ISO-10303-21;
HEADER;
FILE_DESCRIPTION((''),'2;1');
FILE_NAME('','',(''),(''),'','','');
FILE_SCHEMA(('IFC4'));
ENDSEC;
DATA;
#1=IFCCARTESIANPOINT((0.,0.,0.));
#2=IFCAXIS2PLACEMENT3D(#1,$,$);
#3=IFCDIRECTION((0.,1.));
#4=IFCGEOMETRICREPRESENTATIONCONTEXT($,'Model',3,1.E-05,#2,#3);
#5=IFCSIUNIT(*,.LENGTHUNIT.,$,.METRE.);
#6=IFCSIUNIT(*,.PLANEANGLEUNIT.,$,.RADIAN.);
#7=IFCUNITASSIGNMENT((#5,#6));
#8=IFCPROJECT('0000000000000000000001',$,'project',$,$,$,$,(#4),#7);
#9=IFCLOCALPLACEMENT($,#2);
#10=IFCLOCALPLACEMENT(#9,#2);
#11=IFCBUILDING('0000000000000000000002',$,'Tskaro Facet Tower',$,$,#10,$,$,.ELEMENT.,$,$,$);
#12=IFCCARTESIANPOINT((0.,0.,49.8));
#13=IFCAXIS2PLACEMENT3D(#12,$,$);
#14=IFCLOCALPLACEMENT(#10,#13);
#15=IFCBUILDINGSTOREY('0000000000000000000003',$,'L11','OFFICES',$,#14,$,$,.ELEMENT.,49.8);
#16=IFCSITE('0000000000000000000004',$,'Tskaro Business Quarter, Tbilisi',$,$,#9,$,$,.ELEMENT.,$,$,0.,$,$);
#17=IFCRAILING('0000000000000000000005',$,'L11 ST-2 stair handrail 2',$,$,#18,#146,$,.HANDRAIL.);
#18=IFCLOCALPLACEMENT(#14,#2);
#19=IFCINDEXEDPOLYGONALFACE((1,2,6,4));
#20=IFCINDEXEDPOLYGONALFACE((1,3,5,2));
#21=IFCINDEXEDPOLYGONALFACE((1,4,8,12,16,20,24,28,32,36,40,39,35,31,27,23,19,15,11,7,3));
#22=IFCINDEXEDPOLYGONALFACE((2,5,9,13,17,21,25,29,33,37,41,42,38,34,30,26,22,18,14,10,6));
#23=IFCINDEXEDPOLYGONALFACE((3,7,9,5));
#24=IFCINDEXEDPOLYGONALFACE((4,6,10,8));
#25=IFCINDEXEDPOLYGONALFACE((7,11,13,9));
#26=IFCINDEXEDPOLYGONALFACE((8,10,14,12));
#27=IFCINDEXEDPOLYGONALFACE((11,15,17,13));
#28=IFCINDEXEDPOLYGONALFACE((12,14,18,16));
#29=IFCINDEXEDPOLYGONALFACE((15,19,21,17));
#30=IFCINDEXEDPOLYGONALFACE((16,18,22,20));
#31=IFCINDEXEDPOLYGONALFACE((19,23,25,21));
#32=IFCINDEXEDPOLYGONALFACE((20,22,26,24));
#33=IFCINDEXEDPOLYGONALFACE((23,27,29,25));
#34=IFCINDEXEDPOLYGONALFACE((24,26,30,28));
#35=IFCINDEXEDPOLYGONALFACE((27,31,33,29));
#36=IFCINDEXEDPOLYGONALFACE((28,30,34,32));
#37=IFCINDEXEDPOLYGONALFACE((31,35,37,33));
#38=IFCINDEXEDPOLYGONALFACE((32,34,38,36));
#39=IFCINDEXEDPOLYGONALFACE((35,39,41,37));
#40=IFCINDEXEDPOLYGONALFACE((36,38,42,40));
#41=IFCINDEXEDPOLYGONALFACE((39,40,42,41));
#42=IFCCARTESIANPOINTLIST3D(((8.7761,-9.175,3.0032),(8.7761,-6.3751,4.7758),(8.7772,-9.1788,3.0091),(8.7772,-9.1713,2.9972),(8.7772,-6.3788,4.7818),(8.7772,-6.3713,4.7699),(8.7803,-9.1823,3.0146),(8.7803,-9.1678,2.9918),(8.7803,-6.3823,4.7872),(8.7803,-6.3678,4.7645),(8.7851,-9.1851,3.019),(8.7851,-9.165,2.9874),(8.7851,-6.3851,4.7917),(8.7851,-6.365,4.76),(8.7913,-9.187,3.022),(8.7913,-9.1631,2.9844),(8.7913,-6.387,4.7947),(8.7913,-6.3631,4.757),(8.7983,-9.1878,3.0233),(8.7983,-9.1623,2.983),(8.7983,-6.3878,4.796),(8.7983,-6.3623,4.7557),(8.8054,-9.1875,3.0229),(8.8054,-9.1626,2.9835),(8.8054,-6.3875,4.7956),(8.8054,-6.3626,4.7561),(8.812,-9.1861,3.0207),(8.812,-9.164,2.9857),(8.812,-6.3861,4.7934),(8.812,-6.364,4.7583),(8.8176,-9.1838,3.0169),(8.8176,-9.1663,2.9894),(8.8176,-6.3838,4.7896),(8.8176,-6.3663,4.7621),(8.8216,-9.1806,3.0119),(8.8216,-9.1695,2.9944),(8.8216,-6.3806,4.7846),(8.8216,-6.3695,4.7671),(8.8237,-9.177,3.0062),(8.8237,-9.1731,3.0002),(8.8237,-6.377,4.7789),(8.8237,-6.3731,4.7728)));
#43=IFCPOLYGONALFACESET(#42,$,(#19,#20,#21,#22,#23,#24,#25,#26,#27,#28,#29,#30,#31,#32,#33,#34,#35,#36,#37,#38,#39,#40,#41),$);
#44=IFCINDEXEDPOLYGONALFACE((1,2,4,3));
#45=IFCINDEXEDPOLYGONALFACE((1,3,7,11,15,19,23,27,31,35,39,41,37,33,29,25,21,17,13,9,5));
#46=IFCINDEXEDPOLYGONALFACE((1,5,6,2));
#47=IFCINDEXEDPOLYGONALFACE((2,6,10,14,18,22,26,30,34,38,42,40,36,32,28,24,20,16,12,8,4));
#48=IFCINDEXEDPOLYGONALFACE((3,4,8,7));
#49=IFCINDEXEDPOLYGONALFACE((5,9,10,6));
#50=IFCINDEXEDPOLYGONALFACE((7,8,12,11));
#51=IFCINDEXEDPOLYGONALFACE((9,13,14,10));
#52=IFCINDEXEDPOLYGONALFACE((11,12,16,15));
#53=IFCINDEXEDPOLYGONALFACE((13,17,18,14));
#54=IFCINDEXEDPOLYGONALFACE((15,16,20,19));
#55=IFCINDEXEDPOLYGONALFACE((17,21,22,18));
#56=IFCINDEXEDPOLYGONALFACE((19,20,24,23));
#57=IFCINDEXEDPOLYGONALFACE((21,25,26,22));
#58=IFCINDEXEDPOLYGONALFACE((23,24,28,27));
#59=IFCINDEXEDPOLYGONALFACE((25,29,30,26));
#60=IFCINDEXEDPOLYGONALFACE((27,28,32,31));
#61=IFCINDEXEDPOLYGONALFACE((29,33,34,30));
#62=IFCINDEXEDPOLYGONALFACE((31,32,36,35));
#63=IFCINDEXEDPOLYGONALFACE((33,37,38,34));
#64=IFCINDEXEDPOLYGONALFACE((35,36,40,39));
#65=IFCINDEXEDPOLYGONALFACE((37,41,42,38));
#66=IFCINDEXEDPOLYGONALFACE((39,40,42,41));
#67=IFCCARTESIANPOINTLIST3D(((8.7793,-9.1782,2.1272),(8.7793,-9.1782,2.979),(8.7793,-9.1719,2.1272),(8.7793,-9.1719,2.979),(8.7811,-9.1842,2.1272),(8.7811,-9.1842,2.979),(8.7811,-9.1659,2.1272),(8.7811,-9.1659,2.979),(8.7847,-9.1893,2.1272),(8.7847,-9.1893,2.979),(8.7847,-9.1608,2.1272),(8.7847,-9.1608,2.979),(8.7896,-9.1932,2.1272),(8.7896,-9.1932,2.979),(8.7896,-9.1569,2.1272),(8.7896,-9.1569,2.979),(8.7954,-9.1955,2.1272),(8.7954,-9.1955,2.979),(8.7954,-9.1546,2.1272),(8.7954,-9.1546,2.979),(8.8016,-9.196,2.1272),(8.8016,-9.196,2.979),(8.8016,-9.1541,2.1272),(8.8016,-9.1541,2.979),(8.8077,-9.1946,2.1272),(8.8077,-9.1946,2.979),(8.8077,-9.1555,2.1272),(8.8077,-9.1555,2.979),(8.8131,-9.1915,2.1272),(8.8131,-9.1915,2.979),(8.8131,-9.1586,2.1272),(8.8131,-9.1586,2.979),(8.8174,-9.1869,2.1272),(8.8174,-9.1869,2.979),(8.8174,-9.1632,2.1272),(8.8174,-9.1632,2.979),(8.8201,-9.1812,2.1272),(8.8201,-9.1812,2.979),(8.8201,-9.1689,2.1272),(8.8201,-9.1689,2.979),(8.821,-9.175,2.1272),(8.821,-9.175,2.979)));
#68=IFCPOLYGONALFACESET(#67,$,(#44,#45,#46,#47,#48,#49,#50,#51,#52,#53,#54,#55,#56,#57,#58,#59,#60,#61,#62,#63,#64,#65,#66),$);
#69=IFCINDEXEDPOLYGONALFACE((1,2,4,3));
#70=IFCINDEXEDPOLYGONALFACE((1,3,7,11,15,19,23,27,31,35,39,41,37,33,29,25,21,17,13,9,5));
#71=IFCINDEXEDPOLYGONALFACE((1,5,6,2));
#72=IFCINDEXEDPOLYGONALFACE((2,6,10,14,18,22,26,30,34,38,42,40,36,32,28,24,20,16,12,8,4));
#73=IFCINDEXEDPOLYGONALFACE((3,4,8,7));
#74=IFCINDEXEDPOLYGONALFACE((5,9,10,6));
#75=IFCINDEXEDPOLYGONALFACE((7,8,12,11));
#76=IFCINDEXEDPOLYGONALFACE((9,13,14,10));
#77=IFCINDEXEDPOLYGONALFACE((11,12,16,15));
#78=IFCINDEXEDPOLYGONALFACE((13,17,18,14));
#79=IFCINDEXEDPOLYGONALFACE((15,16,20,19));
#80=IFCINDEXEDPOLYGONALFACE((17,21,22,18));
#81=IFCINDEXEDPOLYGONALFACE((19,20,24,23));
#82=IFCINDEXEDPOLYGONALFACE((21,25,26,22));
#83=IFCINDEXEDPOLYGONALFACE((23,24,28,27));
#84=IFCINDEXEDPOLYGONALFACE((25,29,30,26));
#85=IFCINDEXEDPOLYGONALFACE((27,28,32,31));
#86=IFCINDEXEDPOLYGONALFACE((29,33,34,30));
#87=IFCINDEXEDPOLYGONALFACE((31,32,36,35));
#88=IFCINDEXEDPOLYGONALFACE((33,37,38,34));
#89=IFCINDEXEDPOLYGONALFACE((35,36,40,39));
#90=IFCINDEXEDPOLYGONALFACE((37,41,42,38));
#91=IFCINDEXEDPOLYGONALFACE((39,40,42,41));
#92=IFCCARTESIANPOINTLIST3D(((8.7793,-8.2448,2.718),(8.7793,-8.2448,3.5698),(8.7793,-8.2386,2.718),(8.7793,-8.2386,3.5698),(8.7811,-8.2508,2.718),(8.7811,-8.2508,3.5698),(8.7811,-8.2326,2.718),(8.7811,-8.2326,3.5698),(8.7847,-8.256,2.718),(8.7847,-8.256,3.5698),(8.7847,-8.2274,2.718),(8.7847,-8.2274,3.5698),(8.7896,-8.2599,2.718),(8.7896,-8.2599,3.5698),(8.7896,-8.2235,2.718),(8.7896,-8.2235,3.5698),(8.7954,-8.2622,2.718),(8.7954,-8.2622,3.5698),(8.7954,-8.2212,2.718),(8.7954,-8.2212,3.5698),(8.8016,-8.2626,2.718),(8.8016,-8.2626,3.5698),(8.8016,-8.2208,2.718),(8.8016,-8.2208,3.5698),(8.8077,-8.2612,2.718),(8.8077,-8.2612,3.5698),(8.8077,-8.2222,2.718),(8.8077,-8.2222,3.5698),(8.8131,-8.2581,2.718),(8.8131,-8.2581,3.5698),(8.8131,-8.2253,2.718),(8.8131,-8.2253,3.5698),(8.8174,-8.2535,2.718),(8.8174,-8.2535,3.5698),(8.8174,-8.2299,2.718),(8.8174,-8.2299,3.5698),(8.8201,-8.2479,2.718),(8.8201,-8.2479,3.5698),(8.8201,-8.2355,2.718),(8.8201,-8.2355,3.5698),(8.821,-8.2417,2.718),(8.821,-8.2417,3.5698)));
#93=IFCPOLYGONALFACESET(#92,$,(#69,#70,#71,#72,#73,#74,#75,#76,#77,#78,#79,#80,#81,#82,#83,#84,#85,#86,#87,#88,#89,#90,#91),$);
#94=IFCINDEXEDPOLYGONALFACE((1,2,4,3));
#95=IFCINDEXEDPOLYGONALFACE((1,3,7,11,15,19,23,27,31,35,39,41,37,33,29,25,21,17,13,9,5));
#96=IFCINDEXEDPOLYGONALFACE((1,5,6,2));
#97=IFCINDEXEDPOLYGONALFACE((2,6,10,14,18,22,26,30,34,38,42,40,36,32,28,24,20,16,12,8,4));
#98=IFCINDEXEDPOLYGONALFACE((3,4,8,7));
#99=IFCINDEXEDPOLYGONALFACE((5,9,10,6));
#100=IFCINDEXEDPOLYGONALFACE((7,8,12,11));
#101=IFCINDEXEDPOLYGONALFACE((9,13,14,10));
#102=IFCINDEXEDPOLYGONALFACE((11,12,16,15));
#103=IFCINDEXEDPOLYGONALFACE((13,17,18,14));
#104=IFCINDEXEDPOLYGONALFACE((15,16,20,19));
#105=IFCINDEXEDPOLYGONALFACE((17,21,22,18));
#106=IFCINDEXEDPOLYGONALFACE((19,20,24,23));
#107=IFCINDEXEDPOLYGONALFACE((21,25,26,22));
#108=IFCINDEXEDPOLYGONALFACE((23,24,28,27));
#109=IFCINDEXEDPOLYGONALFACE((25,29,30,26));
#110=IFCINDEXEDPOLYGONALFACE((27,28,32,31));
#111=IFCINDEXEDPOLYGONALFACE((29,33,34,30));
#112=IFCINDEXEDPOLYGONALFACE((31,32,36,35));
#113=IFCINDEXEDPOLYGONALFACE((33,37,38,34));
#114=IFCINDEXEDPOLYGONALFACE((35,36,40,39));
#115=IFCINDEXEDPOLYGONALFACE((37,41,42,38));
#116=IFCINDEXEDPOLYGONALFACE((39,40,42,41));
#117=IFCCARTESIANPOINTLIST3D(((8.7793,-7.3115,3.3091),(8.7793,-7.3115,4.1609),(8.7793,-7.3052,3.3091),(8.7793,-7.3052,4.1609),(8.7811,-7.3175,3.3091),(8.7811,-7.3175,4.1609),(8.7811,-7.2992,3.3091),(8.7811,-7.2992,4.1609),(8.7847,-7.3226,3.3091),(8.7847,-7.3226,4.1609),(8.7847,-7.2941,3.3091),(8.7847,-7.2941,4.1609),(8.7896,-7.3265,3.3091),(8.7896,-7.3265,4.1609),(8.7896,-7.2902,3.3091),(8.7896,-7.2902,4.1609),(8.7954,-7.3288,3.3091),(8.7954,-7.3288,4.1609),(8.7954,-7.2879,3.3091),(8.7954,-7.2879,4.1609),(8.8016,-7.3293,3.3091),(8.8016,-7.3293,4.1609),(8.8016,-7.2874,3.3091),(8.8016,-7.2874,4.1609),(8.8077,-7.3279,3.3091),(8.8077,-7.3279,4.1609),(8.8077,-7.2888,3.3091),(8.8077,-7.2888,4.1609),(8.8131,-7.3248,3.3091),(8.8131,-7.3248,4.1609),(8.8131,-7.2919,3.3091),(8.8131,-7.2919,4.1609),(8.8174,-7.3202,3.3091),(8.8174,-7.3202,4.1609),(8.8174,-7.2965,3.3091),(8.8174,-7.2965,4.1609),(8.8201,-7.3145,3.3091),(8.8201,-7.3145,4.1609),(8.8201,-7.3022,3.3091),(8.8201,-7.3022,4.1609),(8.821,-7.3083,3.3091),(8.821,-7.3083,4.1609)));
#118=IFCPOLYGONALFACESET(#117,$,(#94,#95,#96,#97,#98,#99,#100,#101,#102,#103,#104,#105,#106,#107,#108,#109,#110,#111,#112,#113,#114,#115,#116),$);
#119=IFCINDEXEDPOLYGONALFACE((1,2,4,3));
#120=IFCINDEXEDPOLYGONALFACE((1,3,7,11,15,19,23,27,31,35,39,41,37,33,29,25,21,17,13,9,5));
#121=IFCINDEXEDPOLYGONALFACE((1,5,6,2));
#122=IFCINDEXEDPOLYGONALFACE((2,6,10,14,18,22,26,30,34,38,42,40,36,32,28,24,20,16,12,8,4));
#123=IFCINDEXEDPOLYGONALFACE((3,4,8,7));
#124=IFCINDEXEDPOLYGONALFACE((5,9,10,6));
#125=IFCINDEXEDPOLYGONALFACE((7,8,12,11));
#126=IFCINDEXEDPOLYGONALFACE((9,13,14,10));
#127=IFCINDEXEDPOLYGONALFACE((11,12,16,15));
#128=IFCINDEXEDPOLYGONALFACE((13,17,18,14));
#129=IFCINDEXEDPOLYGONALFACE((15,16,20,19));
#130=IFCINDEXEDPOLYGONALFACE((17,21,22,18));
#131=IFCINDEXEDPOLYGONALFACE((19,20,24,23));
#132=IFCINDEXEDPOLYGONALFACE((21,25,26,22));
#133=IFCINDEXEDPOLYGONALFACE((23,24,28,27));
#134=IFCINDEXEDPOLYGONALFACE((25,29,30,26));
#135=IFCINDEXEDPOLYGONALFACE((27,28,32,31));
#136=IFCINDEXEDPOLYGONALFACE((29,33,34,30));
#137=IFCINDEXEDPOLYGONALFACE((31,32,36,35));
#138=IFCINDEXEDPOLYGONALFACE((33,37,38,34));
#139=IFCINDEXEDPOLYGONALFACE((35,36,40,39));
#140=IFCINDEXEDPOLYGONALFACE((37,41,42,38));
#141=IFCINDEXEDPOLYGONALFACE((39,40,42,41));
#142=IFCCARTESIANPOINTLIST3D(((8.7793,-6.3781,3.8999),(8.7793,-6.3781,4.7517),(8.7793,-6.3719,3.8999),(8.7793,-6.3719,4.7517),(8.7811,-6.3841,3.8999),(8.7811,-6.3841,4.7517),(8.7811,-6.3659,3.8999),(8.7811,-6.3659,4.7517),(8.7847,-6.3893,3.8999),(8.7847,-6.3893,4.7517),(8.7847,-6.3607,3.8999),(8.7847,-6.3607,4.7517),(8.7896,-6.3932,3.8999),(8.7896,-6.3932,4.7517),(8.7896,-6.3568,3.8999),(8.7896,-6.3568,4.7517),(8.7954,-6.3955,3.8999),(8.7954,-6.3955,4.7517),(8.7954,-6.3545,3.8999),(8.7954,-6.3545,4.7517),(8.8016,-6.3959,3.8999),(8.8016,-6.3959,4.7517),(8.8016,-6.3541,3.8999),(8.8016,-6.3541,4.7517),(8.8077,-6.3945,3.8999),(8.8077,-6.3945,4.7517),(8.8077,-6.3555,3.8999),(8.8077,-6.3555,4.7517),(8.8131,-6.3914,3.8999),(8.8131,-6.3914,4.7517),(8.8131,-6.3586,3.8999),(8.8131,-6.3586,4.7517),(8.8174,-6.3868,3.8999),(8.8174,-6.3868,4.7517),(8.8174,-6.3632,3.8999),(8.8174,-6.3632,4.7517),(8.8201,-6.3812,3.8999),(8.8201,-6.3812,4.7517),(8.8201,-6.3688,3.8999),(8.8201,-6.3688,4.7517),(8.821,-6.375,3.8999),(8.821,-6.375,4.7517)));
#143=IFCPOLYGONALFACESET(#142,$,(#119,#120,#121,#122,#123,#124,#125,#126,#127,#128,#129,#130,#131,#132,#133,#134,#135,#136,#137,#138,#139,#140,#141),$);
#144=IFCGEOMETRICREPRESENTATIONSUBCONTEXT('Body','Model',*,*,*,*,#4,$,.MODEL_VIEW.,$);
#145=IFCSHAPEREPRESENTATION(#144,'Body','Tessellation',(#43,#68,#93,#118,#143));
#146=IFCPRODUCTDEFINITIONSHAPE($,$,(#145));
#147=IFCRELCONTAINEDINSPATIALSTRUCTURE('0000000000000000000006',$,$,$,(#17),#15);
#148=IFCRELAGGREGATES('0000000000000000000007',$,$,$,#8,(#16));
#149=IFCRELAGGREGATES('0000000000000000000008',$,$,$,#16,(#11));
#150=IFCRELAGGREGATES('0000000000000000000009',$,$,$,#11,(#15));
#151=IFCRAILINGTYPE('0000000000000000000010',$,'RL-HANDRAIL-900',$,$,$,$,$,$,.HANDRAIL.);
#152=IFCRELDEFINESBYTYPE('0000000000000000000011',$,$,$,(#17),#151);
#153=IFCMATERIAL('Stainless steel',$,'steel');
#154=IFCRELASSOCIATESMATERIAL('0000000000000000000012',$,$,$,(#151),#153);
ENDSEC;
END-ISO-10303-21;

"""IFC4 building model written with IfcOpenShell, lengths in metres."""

from ifc_helpers import new_model, si_unit, direction, frame, origin, origin_2d, place, context, subcontext, project, spatial, circle, extrude, material, type_object, element, save


model = new_model("IFC4")

# Units and contexts
model_context = context("Model", 3, precision=1e-05, world=origin(), true_north=direction((0.0, 1.0)))
body_context = subcontext(model_context, "Body", "Model", "MODEL_VIEW")
ifc_project = project(units=[si_unit("LENGTHUNIT", "METRE"), si_unit("PLANEANGLEUNIT", "RADIAN")], contexts=[model_context])

# Site, building, storey
site_placement = place(None, origin())
site = spatial("IfcSite", under=ifc_project, at=site_placement, Name="Tskaro Business Quarter, Tbilisi", CompositionType="ELEMENT", RefElevation=0.0)
building_placement = place(site_placement, origin())
building = spatial("IfcBuilding", under=site, at=building_placement, Name="Tskaro Facet Tower", CompositionType="ELEMENT")
storey_placement = place(building_placement, frame((0.0, 0.0, 49.8)))
storey = spatial("IfcBuildingStorey", under=building, at=storey_placement, Name="L11", Description="OFFICES", CompositionType="ELEMENT", Elevation=49.8)

# Shared definitions
ifc_material_1 = material(Name="Stainless steel", Category="steel")

# Railing
railing_type_1 = type_object("IfcRailingType", Name="RL-HANDRAIL-900", PredefinedType="HANDRAIL", material=ifc_material_1)
railing_1_placement = place(storey_placement, frame((8.8, -9.175, 2.1272)))
element("IfcRailing", 1, at=railing_1_placement, inside=storey, type_object=railing_type_1, Name="L11 ST-2 stair handrail 2", PredefinedType="HANDRAIL", context=body_context, shape_type="SweptSolid", body=[
    extrude(circle(Radius=0.0239, at=origin_2d()), frame((0.0, 0.0, 0.876), z_axis=(0.0, 0.844909, 0.53491), x_axis=(-1.0, 0.0, 0.0)), (0.0, 0.0, 1.0), 3.314),
    extrude(circle(Radius=0.021, at=origin_2d()), origin(), (0.0, 0.0, 1.0), 0.8518),
    extrude(circle(Radius=0.021, at=origin_2d()), frame((0.0, 0.9333, 0.5908)), (0.0, 0.0, 1.0), 0.8518),
    extrude(circle(Radius=0.021, at=origin_2d()), frame((0.0, 1.8667, 1.1819)), (0.0, 0.0, 1.0), 0.8518),
    extrude(circle(Radius=0.021, at=origin_2d()), frame((0.0, 2.8, 1.7727)), (0.0, 0.0, 1.0), 0.8518),
])

save(model, "model.ifc")
